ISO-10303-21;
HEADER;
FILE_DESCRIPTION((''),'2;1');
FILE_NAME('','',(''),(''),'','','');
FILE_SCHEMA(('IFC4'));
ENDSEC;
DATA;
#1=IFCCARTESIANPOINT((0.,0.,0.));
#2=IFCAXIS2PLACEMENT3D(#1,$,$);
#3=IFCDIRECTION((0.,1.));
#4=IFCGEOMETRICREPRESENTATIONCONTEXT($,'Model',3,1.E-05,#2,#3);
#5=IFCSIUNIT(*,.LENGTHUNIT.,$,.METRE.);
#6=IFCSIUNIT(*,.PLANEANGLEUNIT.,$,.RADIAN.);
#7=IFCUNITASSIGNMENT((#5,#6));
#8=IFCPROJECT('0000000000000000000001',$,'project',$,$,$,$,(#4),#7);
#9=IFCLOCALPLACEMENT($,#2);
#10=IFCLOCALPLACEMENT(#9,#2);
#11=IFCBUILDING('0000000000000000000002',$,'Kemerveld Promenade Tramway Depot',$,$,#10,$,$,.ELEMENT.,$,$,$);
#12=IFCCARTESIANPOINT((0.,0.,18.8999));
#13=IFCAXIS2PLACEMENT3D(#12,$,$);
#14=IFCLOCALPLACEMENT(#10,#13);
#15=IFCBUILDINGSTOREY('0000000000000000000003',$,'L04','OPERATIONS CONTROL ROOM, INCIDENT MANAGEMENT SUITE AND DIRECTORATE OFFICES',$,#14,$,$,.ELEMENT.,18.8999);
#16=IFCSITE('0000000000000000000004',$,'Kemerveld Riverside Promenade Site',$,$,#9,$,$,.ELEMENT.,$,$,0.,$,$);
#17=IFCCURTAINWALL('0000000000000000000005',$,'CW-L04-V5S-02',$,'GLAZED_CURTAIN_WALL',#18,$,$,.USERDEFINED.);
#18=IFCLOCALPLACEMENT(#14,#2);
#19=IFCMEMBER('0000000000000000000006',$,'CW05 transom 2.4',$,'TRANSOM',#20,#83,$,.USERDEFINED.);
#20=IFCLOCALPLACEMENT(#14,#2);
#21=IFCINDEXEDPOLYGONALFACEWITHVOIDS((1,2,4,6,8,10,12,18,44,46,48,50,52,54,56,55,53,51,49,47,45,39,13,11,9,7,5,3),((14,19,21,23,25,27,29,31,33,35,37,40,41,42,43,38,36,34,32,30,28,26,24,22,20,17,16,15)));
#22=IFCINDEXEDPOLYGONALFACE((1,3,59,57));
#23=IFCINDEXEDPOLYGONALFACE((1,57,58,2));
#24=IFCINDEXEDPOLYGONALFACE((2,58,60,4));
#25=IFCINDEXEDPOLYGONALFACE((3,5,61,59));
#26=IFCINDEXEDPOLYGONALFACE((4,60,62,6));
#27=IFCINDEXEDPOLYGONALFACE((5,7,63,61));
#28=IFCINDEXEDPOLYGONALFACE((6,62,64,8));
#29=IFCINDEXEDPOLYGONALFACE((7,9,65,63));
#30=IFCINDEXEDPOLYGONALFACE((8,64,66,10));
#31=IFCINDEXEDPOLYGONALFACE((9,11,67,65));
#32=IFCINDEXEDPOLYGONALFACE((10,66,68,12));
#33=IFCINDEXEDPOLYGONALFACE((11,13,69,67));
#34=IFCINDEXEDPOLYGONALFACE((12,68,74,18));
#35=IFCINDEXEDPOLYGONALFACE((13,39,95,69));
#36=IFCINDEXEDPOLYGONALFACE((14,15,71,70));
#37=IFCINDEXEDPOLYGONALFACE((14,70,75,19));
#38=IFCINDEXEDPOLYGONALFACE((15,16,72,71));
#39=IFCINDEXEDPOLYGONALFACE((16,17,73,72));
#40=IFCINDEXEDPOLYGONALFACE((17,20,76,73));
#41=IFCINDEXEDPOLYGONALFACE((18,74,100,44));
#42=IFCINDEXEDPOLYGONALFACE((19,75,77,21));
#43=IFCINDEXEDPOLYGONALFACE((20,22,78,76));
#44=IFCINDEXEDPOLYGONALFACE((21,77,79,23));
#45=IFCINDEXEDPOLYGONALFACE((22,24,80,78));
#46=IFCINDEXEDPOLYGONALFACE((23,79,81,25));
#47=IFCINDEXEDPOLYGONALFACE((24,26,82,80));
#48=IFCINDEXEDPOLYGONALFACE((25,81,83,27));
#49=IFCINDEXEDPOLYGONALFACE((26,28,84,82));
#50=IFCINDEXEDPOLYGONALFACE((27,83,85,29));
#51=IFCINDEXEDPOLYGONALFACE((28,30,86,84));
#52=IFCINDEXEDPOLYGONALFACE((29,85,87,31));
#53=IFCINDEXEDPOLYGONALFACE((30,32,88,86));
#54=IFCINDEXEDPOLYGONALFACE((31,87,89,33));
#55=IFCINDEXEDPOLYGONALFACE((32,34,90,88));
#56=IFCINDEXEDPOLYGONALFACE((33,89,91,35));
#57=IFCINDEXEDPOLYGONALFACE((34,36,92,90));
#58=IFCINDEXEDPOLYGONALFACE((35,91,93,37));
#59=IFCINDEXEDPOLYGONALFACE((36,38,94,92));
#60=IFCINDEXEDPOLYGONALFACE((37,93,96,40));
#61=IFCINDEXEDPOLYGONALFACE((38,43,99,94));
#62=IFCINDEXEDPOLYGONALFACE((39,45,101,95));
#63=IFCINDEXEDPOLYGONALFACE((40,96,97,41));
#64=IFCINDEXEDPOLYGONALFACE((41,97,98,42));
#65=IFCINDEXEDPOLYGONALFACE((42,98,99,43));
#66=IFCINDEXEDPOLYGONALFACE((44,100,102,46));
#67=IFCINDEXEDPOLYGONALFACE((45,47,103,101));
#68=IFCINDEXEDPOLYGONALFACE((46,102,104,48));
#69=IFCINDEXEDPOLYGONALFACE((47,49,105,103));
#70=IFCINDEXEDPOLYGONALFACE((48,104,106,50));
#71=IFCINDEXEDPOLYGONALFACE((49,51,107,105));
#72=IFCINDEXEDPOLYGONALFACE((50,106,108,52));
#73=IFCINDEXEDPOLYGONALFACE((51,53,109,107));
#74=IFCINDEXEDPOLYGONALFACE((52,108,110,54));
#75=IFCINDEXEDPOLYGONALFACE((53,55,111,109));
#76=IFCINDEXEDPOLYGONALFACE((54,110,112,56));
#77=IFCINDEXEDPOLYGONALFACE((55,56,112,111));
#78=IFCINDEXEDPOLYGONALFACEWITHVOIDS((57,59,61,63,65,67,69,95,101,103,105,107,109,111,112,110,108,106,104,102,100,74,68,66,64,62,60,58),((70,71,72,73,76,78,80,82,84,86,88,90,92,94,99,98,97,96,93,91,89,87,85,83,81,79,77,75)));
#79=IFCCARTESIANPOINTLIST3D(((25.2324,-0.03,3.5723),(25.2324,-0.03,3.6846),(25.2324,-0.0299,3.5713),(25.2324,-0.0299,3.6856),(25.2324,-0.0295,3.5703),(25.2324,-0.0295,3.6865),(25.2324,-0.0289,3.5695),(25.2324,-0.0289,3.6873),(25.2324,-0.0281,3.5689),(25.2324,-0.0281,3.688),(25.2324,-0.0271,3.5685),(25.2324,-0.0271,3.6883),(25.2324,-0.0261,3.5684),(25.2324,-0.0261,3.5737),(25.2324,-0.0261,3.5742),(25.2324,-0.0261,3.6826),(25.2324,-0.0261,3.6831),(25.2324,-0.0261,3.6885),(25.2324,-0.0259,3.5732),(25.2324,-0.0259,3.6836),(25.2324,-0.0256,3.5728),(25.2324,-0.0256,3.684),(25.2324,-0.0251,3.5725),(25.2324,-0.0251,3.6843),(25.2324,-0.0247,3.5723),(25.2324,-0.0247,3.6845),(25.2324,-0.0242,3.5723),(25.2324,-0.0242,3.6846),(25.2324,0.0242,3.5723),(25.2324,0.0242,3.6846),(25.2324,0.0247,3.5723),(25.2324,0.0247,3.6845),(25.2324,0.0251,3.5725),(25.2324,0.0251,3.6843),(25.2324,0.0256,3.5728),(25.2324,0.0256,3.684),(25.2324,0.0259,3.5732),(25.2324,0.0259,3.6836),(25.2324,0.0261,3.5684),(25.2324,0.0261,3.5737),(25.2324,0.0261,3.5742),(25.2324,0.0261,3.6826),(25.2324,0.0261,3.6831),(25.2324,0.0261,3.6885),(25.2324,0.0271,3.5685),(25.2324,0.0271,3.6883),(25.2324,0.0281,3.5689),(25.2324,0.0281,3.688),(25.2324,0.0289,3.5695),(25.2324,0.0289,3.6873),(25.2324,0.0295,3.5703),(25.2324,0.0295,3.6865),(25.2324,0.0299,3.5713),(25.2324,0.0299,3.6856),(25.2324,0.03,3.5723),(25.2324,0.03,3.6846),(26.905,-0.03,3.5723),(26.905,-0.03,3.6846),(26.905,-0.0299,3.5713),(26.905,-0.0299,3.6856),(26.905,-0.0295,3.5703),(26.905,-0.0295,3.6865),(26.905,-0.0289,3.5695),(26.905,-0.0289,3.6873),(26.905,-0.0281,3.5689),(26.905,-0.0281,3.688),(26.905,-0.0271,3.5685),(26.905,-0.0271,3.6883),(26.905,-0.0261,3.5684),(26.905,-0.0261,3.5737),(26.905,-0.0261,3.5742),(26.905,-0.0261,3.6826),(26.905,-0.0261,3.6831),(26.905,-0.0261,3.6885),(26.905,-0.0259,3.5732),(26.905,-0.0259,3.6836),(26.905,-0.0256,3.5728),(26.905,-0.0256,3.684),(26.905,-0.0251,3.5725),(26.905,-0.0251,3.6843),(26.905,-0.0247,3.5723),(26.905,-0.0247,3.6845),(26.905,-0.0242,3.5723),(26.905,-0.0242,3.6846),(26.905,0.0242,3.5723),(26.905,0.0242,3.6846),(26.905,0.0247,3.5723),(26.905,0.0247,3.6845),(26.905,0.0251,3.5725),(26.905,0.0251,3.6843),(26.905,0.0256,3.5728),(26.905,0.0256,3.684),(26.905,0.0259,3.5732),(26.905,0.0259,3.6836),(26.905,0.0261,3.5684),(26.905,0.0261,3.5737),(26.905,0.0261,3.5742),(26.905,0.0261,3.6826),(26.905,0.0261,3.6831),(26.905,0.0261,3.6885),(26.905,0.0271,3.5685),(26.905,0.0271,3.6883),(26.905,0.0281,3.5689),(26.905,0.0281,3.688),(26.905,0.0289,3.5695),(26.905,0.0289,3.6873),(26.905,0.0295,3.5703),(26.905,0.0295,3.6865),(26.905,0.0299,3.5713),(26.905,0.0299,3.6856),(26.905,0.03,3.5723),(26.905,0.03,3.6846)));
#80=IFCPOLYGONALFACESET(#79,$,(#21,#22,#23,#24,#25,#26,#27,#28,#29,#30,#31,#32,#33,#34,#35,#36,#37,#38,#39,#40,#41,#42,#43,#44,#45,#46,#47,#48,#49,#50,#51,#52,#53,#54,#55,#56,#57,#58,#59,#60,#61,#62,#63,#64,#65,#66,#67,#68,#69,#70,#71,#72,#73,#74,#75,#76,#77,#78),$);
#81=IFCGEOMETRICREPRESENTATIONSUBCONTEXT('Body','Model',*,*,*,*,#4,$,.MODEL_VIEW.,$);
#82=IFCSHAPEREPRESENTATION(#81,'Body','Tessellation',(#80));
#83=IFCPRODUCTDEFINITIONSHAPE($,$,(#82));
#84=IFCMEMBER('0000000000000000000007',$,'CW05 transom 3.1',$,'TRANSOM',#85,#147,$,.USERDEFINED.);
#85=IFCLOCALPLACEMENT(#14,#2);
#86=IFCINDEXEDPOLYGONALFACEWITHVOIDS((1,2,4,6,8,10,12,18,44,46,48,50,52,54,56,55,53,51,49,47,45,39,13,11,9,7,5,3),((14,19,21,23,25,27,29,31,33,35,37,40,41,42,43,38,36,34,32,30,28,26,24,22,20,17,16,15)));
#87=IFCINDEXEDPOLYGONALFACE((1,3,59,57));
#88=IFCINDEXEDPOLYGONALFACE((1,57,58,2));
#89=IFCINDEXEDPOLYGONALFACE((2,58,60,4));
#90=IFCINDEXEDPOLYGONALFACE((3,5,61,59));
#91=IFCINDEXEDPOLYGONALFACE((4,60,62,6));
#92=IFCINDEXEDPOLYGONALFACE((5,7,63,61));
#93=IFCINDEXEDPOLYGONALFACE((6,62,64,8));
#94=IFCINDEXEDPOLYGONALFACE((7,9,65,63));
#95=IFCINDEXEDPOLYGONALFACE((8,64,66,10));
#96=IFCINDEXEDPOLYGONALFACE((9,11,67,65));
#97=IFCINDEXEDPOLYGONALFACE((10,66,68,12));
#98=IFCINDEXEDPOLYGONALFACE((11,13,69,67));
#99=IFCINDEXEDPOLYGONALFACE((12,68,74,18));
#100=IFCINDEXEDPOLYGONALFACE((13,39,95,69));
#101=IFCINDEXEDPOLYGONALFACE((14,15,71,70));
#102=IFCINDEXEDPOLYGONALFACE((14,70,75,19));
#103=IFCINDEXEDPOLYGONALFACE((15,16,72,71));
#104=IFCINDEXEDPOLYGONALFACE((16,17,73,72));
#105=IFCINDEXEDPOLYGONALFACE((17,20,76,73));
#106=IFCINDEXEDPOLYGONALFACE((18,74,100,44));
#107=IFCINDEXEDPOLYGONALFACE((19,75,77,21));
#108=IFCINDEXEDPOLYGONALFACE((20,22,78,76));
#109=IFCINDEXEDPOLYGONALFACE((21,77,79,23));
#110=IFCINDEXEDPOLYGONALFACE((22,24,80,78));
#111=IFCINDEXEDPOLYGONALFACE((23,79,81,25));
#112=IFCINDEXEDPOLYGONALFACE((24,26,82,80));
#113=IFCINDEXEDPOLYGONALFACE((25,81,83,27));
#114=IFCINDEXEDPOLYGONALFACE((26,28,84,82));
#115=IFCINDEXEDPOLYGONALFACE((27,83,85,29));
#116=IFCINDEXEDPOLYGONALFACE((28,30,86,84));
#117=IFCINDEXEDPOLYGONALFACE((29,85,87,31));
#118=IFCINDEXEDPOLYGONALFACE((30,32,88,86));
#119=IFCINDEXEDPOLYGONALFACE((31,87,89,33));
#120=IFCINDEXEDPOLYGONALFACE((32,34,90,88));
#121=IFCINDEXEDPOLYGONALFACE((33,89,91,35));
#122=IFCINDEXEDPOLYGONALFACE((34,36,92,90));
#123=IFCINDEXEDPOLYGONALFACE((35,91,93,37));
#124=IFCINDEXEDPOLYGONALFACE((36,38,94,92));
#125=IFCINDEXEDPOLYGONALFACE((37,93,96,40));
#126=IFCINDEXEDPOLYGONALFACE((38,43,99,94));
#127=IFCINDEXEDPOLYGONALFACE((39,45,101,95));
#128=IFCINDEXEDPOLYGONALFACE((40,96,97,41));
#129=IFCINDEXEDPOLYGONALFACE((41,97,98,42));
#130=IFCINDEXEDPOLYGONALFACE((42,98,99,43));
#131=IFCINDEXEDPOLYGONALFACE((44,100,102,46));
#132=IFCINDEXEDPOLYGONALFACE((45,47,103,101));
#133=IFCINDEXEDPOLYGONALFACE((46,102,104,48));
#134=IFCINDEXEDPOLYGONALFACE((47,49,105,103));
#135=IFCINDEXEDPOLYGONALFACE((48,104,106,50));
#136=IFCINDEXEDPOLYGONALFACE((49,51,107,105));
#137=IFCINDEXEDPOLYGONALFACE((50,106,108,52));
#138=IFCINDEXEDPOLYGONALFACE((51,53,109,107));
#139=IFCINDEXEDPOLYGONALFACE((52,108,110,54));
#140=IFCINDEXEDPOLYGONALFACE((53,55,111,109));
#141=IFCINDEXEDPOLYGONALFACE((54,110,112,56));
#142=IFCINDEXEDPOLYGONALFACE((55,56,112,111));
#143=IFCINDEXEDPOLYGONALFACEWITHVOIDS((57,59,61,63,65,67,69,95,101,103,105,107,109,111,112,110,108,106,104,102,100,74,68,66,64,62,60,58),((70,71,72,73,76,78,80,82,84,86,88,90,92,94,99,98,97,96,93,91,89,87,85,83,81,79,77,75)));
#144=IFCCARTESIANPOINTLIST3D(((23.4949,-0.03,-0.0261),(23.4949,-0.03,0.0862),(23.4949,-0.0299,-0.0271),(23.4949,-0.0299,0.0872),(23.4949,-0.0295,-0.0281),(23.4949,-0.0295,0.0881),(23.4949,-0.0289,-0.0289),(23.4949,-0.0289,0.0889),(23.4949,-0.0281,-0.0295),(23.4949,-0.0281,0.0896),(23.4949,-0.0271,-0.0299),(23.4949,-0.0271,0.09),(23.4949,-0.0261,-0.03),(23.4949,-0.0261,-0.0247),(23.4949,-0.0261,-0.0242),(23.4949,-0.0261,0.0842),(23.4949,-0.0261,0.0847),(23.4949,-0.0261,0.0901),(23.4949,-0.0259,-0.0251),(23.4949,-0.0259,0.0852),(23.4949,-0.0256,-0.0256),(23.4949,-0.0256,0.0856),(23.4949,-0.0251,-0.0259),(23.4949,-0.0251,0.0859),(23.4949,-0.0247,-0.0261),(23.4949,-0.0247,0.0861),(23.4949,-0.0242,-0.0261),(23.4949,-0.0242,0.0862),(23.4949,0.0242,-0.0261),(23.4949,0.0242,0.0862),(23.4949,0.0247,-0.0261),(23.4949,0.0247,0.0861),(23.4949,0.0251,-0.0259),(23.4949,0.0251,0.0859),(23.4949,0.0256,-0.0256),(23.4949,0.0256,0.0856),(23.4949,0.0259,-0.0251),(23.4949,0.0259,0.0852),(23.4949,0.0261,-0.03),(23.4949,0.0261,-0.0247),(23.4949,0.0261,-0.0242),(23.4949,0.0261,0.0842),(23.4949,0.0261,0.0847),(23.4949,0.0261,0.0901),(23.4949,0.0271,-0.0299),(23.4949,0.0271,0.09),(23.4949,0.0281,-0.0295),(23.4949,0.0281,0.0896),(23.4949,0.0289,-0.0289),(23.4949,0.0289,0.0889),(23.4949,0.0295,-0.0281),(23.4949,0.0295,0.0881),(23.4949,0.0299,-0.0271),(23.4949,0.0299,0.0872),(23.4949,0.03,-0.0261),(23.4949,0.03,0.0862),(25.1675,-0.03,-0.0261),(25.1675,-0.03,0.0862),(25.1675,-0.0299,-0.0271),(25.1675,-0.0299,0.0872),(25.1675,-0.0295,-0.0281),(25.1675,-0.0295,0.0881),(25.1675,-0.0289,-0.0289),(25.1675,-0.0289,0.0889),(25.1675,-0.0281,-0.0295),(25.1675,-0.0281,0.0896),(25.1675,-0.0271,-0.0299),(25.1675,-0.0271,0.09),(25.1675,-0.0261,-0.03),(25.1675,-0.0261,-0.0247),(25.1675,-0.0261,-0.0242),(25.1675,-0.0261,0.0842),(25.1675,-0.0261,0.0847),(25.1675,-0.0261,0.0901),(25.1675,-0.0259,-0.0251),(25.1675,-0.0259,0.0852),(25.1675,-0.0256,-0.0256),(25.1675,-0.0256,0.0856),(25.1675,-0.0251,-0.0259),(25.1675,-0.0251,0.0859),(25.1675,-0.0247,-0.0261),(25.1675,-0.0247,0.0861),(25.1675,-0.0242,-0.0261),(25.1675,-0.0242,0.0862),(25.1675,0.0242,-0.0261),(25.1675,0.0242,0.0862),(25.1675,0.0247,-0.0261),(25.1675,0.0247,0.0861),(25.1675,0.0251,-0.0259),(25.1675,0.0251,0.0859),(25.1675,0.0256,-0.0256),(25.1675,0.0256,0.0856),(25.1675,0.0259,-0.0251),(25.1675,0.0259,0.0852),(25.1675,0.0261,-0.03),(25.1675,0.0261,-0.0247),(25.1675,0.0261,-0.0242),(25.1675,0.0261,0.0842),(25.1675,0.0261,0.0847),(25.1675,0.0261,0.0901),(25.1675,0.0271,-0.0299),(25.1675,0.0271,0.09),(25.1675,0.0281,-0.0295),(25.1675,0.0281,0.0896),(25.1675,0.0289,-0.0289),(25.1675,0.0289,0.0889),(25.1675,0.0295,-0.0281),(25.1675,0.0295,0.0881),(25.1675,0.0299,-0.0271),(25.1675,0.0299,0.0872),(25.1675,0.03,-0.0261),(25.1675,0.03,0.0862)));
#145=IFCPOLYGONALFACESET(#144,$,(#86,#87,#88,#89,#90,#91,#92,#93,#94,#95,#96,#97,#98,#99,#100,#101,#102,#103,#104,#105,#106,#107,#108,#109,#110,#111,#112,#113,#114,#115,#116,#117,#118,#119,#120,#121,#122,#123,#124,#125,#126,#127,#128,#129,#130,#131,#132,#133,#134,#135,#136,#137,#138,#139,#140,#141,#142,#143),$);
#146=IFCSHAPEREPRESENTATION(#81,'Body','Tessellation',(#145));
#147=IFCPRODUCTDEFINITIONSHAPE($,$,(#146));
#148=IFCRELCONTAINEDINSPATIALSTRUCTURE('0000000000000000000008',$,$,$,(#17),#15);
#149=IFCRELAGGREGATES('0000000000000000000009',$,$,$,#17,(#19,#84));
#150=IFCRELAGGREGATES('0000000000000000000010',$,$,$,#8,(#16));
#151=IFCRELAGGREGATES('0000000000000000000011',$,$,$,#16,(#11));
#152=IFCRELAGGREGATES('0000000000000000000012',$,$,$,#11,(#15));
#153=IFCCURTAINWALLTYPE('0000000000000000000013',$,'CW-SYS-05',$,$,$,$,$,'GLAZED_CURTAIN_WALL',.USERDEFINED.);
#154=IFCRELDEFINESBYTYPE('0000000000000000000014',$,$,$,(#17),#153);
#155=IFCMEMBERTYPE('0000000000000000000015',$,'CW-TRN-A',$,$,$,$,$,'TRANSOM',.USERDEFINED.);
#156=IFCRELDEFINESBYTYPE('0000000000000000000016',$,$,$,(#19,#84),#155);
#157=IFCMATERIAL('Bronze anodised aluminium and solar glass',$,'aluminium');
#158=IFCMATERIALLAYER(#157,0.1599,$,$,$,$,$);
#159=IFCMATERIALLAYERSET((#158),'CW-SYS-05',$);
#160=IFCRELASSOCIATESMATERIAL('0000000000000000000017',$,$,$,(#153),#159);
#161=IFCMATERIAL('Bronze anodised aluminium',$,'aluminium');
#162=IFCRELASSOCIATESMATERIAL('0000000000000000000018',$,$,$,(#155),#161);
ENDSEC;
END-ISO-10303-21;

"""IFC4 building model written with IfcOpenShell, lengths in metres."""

from ifc_helpers import new_model, si_unit, direction, frame, origin, origin_2d, place, context, subcontext, project, spatial, hollow_rectangle, extrude, material, layer, layer_set, material_profile, profile_set, type_object, element, aggregate, save


model = new_model("IFC4")

# Units and contexts
model_context = context("Model", 3, precision=1e-05, world=origin(), true_north=direction((0.0, 1.0)))
body_context = subcontext(model_context, "Body", "Model", "MODEL_VIEW")
ifc_project = project(units=[si_unit("LENGTHUNIT", "METRE"), si_unit("PLANEANGLEUNIT", "RADIAN")], contexts=[model_context])

# Site, building, storey
site_placement = place(None, origin())
site = spatial("IfcSite", under=ifc_project, at=site_placement, Name="Kemerveld Riverside Promenade Site", CompositionType="ELEMENT", RefElevation=0.0)
building_placement = place(site_placement, origin())
building = spatial("IfcBuilding", under=site, at=building_placement, Name="Kemerveld Promenade Tramway Depot", CompositionType="ELEMENT")
storey_placement = place(building_placement, frame((0.0, 0.0, 18.8999)))
storey = spatial("IfcBuildingStorey", under=building, at=storey_placement, Name="L04", Description="OPERATIONS CONTROL ROOM, INCIDENT MANAGEMENT SUITE AND DIRECTORATE OFFICES", CompositionType="ELEMENT", Elevation=18.8999)

# Curtain wall, members
ifc_material_1 = material(Name="Bronze anodised aluminium and solar glass", Category="aluminium")
ifc_layer_1 = layer(ifc_material_1, 0.1599)
ifc_layer_set_1 = layer_set([ifc_layer_1], Name="CW-SYS-05")
curtain_wall_type = type_object("IfcCurtainWallType", Name="CW-SYS-05", ElementType="GLAZED_CURTAIN_WALL", PredefinedType="USERDEFINED", material=ifc_layer_set_1)
curtain_wall_placement = place(storey_placement, origin())
curtain_wall = element("IfcCurtainWall", 1, at=curtain_wall_placement, inside=storey, type_object=curtain_wall_type, Name="CW-L04-V5S-02", ObjectType="GLAZED_CURTAIN_WALL", PredefinedType="USERDEFINED")
ifc_material_2 = material(Name="Bronze anodised aluminium", Category="aluminium")
ifc_material_profile_1 = material_profile(ifc_material_2, hollow_rectangle(XDim=0.0601, YDim=0.1201, WallThickness=0.0039, InnerFilletRadius=0.002, OuterFilletRadius=0.0039, at=origin_2d()), Name="CW-TRN-120x60")
ifc_profile_set_1 = profile_set([ifc_material_profile_1], Name="Bronze anodised aluminium")
member_type_1 = type_object("IfcMemberType", Name="CW-TRN-A", ElementType="TRANSOM", PredefinedType="USERDEFINED", material=ifc_profile_set_1)
member_1_placement = place(storey_placement, frame((26.905, 0.0, 3.6284), z_axis=(-1.0, 0.0, 0.0), x_axis=(0.0, -1.0, 0.0)))
member_1 = element("IfcMember", 2, at=member_1_placement, type_object=member_type_1, Name="CW05 transom 2.4", ObjectType="TRANSOM", PredefinedType="USERDEFINED", context=body_context, shape_type="SweptSolid", body=[
    extrude(hollow_rectangle(XDim=0.0601, YDim=0.1201, WallThickness=0.0039, InnerFilletRadius=0.002, OuterFilletRadius=0.0039, at=origin_2d()), origin(), (0.0, 0.0, 1.0), 1.6726),
])
member_2_placement = place(storey_placement, frame((25.1675, 0.0, 0.03), z_axis=(-1.0, 0.0, 0.0), x_axis=(0.0, -1.0, 0.0)))
member_2 = element("IfcMember", 3, at=member_2_placement, type_object=member_type_1, Name="CW05 transom 3.1", ObjectType="TRANSOM", PredefinedType="USERDEFINED", context=body_context, shape_type="SweptSolid", body=[
    extrude(hollow_rectangle(XDim=0.0601, YDim=0.1201, WallThickness=0.0039, InnerFilletRadius=0.002, OuterFilletRadius=0.0039, at=origin_2d()), origin(), (0.0, 0.0, 1.0), 1.6726),
])
aggregate(curtain_wall, [member_1, member_2])

save(model, "model.ifc")
